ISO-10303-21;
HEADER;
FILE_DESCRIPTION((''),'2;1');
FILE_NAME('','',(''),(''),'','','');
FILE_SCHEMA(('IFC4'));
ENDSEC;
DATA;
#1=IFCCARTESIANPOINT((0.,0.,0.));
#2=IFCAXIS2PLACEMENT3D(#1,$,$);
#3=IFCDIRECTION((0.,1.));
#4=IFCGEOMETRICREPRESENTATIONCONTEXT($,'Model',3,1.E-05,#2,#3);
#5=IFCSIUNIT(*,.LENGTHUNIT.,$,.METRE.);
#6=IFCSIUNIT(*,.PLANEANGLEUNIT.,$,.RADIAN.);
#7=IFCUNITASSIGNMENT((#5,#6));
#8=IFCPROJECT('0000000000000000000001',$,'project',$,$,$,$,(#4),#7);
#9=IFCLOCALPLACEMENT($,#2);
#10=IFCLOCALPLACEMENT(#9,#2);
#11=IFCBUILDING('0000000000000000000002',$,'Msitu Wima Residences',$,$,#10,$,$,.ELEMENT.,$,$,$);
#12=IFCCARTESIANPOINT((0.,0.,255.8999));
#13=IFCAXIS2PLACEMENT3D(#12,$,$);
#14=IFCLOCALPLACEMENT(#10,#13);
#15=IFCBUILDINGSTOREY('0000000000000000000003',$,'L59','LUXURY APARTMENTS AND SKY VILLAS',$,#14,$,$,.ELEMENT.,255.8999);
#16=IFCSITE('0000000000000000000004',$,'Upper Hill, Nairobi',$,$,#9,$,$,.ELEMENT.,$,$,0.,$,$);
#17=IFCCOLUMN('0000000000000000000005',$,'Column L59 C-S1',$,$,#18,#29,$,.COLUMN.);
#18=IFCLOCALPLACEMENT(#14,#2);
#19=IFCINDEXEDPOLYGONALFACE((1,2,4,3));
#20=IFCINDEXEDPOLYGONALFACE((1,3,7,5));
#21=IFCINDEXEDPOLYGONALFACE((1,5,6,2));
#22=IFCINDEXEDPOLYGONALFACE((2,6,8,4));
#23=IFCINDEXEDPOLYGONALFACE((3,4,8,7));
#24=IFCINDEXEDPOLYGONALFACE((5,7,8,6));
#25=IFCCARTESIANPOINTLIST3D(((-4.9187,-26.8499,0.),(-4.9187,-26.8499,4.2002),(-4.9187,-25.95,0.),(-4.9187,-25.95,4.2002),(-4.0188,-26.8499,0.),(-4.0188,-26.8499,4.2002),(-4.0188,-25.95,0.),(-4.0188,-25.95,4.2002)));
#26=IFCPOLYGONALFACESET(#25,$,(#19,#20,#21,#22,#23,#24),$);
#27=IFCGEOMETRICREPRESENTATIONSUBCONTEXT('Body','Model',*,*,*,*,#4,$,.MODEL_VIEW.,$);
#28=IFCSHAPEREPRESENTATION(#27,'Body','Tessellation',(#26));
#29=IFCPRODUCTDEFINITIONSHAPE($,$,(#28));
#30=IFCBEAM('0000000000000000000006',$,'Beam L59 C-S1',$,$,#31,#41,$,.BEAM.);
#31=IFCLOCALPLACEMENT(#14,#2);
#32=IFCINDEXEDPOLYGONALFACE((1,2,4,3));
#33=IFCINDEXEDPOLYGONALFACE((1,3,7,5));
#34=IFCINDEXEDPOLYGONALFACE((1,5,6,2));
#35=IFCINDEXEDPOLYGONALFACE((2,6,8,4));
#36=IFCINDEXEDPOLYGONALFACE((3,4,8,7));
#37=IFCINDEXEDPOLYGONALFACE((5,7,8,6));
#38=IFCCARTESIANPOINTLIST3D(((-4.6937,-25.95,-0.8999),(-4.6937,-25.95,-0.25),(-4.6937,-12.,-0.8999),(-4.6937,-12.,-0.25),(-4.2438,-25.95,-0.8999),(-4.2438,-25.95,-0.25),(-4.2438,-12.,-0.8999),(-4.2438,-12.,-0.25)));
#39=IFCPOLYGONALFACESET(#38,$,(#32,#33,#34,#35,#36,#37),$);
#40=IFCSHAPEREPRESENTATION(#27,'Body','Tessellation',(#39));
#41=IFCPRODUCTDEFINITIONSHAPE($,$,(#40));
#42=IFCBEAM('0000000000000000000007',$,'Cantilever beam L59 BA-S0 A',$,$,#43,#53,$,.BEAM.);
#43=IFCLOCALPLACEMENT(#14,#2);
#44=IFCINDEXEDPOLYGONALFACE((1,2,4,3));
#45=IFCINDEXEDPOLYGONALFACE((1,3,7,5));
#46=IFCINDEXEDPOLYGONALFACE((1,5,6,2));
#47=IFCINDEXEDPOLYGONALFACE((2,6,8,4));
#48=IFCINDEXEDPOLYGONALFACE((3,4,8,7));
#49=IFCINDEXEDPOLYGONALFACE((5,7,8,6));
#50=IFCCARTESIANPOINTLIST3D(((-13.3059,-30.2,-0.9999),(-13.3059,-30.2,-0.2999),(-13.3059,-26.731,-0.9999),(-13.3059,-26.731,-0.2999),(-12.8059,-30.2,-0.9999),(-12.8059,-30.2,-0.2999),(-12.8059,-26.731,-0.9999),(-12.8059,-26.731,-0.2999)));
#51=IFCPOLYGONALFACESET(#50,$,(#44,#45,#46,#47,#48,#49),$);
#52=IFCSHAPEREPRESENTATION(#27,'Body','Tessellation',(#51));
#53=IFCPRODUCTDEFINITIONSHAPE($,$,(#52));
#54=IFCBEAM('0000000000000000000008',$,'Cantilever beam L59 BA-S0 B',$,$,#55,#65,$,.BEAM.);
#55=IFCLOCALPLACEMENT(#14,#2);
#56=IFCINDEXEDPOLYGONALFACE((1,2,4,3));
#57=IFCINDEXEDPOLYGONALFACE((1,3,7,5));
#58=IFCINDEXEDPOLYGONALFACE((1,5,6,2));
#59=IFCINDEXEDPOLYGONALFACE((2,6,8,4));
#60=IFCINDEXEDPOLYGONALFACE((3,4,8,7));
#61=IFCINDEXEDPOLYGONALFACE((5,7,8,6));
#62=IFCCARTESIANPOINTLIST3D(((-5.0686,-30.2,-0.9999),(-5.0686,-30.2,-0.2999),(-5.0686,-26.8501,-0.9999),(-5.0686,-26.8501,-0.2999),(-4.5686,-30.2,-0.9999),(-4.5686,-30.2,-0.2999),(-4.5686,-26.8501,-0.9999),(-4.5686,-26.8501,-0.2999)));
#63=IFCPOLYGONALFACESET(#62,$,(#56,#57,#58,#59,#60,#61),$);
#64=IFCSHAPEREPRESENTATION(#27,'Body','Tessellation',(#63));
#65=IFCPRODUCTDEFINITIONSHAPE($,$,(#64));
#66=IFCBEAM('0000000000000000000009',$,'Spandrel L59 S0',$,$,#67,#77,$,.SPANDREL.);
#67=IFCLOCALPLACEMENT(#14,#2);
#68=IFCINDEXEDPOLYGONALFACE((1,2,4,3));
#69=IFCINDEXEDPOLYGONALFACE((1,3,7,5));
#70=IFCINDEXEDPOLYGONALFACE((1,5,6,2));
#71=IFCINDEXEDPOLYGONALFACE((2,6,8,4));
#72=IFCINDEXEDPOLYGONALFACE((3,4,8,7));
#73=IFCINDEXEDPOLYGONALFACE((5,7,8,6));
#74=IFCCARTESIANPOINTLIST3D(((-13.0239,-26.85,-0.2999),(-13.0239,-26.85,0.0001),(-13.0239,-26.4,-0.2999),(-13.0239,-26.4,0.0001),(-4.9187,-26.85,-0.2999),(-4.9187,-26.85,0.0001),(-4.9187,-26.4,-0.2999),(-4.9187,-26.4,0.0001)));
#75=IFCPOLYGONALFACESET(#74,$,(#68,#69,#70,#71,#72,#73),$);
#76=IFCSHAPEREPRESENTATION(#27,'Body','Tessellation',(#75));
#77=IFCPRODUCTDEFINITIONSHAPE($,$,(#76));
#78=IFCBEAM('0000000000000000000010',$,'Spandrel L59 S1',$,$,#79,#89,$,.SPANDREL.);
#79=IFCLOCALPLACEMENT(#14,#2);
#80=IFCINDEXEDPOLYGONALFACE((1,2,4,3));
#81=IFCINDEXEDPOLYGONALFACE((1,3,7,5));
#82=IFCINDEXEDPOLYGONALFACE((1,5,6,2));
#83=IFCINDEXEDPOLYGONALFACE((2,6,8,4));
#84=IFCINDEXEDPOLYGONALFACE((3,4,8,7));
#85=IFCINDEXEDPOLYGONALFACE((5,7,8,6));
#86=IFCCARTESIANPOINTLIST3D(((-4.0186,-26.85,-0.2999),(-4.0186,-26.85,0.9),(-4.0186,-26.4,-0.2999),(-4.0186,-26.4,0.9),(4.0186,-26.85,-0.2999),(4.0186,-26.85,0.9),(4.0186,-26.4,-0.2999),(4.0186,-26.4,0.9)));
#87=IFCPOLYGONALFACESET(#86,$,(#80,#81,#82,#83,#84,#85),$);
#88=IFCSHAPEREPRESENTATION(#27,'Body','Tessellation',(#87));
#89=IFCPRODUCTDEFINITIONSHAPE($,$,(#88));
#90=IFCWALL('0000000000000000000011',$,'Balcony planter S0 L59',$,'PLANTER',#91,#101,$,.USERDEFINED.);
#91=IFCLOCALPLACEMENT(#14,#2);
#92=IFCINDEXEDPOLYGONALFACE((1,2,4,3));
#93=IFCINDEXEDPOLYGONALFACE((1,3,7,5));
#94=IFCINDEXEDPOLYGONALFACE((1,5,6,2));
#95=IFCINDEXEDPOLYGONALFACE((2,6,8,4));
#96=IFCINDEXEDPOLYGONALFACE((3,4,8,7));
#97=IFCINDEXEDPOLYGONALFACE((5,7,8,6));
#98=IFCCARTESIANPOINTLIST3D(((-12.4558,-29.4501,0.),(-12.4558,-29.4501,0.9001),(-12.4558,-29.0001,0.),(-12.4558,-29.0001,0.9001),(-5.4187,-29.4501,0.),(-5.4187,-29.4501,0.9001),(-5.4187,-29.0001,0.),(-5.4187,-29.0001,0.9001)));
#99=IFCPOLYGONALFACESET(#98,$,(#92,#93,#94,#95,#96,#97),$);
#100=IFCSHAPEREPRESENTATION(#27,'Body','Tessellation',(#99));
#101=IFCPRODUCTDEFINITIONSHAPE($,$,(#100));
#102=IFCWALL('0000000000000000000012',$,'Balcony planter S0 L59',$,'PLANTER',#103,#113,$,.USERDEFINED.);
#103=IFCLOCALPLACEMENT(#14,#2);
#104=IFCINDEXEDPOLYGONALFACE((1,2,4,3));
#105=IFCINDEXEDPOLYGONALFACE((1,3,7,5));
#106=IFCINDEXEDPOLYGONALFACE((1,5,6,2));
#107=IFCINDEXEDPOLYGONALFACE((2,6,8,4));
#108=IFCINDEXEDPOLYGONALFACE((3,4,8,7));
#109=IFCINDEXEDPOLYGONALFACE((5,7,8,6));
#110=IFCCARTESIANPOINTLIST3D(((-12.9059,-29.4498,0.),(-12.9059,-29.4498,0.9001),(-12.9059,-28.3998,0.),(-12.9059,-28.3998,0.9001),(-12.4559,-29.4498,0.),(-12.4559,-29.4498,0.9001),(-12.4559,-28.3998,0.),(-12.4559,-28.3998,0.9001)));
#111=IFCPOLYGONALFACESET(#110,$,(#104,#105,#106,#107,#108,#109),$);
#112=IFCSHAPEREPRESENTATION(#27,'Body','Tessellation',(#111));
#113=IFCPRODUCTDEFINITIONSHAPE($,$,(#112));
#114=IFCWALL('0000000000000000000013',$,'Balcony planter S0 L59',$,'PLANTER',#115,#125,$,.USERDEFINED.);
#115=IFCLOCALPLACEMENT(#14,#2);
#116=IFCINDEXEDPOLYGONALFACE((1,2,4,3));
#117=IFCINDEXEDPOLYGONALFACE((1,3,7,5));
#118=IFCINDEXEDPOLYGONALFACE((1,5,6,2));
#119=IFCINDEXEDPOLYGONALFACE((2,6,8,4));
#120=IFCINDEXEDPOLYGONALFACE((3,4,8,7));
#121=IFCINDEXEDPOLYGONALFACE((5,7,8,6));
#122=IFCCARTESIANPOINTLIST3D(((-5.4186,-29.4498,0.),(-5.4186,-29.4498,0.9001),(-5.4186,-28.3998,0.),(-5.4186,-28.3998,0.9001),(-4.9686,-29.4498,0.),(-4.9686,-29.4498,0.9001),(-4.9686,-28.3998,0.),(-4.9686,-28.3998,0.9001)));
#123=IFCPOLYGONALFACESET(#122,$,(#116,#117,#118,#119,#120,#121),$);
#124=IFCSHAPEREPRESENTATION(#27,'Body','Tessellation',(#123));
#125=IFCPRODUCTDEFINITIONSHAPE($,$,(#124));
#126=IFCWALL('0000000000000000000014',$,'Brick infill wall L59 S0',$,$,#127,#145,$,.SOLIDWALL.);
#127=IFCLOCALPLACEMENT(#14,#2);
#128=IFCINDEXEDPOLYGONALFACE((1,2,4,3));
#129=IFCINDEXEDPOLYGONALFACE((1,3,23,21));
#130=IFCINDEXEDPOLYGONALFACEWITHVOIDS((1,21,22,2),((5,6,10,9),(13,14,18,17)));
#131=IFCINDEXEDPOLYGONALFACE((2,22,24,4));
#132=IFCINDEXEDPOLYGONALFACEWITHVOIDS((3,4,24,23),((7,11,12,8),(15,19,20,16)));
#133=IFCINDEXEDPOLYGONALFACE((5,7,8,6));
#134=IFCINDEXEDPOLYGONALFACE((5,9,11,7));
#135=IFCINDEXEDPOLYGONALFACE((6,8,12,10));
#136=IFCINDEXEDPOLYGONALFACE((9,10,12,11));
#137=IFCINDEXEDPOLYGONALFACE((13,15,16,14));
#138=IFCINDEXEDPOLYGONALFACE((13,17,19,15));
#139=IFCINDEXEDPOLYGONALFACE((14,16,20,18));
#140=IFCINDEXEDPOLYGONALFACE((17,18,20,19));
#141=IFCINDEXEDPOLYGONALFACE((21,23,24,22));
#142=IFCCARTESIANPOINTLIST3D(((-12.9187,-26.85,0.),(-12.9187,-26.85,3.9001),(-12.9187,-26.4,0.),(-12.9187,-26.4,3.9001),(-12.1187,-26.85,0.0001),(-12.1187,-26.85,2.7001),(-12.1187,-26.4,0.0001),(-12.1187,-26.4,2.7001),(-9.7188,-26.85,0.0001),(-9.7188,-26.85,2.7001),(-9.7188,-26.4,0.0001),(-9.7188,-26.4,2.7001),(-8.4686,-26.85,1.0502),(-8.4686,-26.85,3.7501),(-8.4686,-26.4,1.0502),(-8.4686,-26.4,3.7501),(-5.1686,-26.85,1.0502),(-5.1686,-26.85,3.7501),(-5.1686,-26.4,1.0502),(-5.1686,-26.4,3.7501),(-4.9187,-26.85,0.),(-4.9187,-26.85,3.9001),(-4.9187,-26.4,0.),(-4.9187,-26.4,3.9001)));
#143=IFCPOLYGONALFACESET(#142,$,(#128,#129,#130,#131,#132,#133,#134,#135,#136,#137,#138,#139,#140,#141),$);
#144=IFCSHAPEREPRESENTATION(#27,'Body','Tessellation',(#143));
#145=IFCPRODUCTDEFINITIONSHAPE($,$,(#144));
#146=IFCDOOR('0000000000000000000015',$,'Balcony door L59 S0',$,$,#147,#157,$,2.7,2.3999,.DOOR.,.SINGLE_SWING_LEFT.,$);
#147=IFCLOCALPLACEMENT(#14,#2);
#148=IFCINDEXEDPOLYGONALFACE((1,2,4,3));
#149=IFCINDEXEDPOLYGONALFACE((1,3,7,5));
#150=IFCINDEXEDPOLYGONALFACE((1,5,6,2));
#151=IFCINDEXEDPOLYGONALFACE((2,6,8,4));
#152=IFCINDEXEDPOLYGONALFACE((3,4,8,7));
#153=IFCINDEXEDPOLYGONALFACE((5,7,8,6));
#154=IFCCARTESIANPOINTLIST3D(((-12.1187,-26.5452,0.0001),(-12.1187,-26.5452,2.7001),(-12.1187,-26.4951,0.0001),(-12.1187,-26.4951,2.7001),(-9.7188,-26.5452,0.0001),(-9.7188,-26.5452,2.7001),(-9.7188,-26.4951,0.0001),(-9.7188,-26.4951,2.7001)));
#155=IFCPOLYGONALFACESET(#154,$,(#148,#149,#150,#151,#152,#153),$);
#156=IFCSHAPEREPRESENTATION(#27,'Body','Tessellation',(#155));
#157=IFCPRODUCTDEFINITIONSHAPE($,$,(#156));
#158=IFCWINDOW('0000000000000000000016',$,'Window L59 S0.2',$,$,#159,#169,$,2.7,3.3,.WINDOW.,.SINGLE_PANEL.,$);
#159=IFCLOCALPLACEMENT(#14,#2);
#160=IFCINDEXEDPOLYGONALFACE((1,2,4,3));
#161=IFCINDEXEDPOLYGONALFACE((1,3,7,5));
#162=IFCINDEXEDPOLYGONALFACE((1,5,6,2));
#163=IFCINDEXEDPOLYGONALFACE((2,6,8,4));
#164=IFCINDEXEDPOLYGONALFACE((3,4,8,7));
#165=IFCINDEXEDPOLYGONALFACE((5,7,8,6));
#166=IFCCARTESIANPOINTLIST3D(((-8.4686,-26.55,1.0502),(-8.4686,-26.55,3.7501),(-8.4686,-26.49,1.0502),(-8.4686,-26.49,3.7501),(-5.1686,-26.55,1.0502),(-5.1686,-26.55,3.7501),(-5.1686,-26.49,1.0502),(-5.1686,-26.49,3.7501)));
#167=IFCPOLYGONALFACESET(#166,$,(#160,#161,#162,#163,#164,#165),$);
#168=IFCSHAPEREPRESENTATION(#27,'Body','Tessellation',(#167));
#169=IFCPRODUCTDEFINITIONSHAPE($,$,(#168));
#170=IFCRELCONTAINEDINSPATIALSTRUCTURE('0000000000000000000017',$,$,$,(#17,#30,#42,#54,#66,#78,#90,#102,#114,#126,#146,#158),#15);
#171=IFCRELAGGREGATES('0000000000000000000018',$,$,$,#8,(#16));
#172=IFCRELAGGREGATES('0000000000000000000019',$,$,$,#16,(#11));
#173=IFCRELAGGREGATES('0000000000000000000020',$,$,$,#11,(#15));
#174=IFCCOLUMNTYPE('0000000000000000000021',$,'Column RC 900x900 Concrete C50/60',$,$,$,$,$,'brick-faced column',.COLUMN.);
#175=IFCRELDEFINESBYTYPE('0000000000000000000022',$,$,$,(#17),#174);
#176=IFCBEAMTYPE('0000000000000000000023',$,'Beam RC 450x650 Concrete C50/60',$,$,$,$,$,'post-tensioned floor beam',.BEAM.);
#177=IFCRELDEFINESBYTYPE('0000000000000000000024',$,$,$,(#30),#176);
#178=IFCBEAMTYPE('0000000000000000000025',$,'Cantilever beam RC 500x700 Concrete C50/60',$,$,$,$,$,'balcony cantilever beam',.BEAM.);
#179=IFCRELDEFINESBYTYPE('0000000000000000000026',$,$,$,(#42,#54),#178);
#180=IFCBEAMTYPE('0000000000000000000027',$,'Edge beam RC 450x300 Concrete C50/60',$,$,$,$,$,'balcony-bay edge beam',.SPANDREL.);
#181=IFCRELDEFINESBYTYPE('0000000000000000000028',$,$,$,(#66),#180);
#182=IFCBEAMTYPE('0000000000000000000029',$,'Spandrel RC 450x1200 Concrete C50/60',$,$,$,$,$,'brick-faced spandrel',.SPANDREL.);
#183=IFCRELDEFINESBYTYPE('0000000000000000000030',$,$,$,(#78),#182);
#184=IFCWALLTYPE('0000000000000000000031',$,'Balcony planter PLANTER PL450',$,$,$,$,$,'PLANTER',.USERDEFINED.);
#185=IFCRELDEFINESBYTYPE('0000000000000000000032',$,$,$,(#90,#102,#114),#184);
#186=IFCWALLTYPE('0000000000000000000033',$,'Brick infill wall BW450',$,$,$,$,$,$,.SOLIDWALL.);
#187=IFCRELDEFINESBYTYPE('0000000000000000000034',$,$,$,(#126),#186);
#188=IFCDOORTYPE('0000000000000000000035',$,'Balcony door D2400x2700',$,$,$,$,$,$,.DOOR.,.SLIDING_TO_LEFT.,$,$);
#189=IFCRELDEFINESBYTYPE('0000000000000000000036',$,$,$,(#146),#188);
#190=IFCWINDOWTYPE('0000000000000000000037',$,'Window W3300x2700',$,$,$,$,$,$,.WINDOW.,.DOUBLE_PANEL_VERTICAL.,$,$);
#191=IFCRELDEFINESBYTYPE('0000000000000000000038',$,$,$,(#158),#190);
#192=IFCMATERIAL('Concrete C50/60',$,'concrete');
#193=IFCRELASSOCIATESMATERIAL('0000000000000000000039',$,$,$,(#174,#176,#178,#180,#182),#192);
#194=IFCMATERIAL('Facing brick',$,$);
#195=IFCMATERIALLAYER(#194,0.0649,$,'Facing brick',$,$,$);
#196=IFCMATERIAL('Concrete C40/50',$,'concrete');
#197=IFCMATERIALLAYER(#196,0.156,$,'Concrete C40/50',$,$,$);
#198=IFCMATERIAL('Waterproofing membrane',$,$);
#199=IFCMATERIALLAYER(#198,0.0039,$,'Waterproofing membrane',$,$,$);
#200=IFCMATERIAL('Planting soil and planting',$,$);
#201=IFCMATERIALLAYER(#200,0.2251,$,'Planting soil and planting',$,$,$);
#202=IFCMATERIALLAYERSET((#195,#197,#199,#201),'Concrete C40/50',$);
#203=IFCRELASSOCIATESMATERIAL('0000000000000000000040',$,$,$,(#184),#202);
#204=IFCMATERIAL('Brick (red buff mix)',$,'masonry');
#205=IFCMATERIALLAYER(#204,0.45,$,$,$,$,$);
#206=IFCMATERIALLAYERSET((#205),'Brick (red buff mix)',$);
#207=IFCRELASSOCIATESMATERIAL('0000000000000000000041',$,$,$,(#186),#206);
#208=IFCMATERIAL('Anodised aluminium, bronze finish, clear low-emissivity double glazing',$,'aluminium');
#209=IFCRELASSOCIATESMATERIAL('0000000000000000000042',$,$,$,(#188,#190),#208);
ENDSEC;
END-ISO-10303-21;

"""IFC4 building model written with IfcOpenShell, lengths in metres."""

from ifc_helpers import new_model, si_unit, direction, frame, frame_2d, origin, origin_2d, place, context, subcontext, project, spatial, rectangle, extrude, material, layer, layer_set, material_profile, profile_set, type_object, element, fill, save


model = new_model("IFC4")

# Units and contexts
model_context = context("Model", 3, precision=1e-05, world=origin(), true_north=direction((0.0, 1.0)))
body_context = subcontext(model_context, "Body", "Model", "MODEL_VIEW")
ifc_project = project(units=[si_unit("LENGTHUNIT", "METRE"), si_unit("PLANEANGLEUNIT", "RADIAN")], contexts=[model_context])

# Site, building, storey
site_placement = place(None, origin())
site = spatial("IfcSite", under=ifc_project, at=site_placement, Name="Upper Hill, Nairobi", CompositionType="ELEMENT", RefElevation=0.0)
building_placement = place(site_placement, origin())
building = spatial("IfcBuilding", under=site, at=building_placement, Name="Msitu Wima Residences", CompositionType="ELEMENT")
storey_placement = place(building_placement, frame((0.0, 0.0, 255.8999)))
storey = spatial("IfcBuildingStorey", under=building, at=storey_placement, Name="L59", Description="LUXURY APARTMENTS AND SKY VILLAS", CompositionType="ELEMENT", Elevation=255.8999)

# Column
ifc_material_1 = material(Name="Concrete C50/60", Category="concrete")
ifc_material_profile_1 = material_profile(ifc_material_1, rectangle(XDim=0.8999, YDim=0.8999, at=origin_2d()), Name="RC 900x900")
ifc_profile_set_1 = profile_set([ifc_material_profile_1], Name="Concrete C50/60")
column_type = type_object("IfcColumnType", Name="Column RC 900x900 Concrete C50/60", ElementType="brick-faced column", PredefinedType="COLUMN", material=ifc_profile_set_1)
column_placement = place(storey_placement, frame((-4.4688, -26.3999, 0.0), z_axis=(0.0, 0.0, 1.0), x_axis=(1.0, 0.0, 0.0)))
element("IfcColumn", 1, at=column_placement, inside=storey, type_object=column_type, Name="Column L59 C-S1", PredefinedType="COLUMN", context=body_context, shape_type="SweptSolid", body=[
    extrude(rectangle(XDim=0.8999, YDim=0.8999, at=origin_2d()), origin(), (0.0, 0.0, 1.0), 4.2002),
])

# Beams
ifc_material_profile_2 = material_profile(ifc_material_1, rectangle(XDim=0.45, YDim=0.6499, at=origin_2d()), Name="RC 450x650")
ifc_profile_set_2 = profile_set([ifc_material_profile_2], Name="Concrete C50/60")
beam_type_1 = type_object("IfcBeamType", Name="Beam RC 450x650 Concrete C50/60", ElementType="post-tensioned floor beam", PredefinedType="BEAM", material=ifc_profile_set_2)
beam_1_placement = place(storey_placement, frame((-4.4688, -25.95, -0.575), z_axis=(0.0, 1.0, 0.0), x_axis=(-1.0, 0.0, 0.0)))
element("IfcBeam", 2, at=beam_1_placement, inside=storey, type_object=beam_type_1, Name="Beam L59 C-S1", PredefinedType="BEAM", context=body_context, shape_type="SweptSolid", body=[
    extrude(rectangle(XDim=0.45, YDim=0.6499, at=origin_2d()), origin(), (0.0, 0.0, 1.0), 13.95),
])
ifc_material_profile_3 = material_profile(ifc_material_1, rectangle(XDim=0.5, YDim=0.7, at=origin_2d()), Name="RC 500x700")
ifc_profile_set_3 = profile_set([ifc_material_profile_3], Name="Concrete C50/60")
beam_type_2 = type_object("IfcBeamType", Name="Cantilever beam RC 500x700 Concrete C50/60", ElementType="balcony cantilever beam", PredefinedType="BEAM", material=ifc_profile_set_3)
beam_2_placement = place(storey_placement, frame((-13.0559, -26.731, -0.6499), z_axis=(0.0, -1.0, 0.0), x_axis=(1.0, 0.0, 0.0)))
element("IfcBeam", 3, at=beam_2_placement, inside=storey, type_object=beam_type_2, Name="Cantilever beam L59 BA-S0 A", PredefinedType="BEAM", context=body_context, shape_type="SweptSolid", body=[
    extrude(rectangle(XDim=0.5, YDim=0.7, at=origin_2d()), origin(), (0.0, 0.0, 1.0), 3.469),
])
beam_3_placement = place(storey_placement, frame((-4.8186, -26.8501, -0.6499), z_axis=(0.0, -1.0, 0.0), x_axis=(1.0, 0.0, 0.0)))
element("IfcBeam", 4, at=beam_3_placement, inside=storey, type_object=beam_type_2, Name="Cantilever beam L59 BA-S0 B", PredefinedType="BEAM", context=body_context, shape_type="SweptSolid", body=[
    extrude(rectangle(XDim=0.5, YDim=0.7, at=origin_2d()), origin(), (0.0, 0.0, 1.0), 3.3499),
])
ifc_material_profile_4 = material_profile(ifc_material_1, rectangle(XDim=0.45, YDim=0.3, at=origin_2d()), Name="RC 450x300")
ifc_profile_set_4 = profile_set([ifc_material_profile_4], Name="Concrete C50/60")
beam_type_3 = type_object("IfcBeamType", Name="Edge beam RC 450x300 Concrete C50/60", ElementType="balcony-bay edge beam", PredefinedType="SPANDREL", material=ifc_profile_set_4)
beam_4_placement = place(storey_placement, frame((-13.0239, -26.625, -0.1499), z_axis=(1.0, 0.0, 0.0), x_axis=(0.0, 1.0, 0.0)))
element("IfcBeam", 5, at=beam_4_placement, inside=storey, type_object=beam_type_3, Name="Spandrel L59 S0", PredefinedType="SPANDREL", context=body_context, shape_type="SweptSolid", body=[
    extrude(rectangle(XDim=0.45, YDim=0.3, at=origin_2d()), origin(), (0.0, 0.0, 1.0), 8.1052),
])
ifc_material_profile_5 = material_profile(ifc_material_1, rectangle(XDim=0.45, YDim=1.2, at=origin_2d()), Name="RC 450x1200")
ifc_profile_set_5 = profile_set([ifc_material_profile_5], Name="Concrete C50/60")
beam_type_4 = type_object("IfcBeamType", Name="Spandrel RC 450x1200 Concrete C50/60", ElementType="brick-faced spandrel", PredefinedType="SPANDREL", material=ifc_profile_set_5)
beam_5_placement = place(storey_placement, frame((-4.0186, -26.625, 0.3), z_axis=(1.0, 0.0, 0.0), x_axis=(0.0, 1.0, 0.0)))
element("IfcBeam", 6, at=beam_5_placement, inside=storey, type_object=beam_type_4, Name="Spandrel L59 S1", PredefinedType="SPANDREL", context=body_context, shape_type="SweptSolid", body=[
    extrude(rectangle(XDim=0.45, YDim=1.2, at=origin_2d()), origin(), (0.0, 0.0, 1.0), 8.0371),
])

# Walls
ifc_material_2 = material(Name="Facing brick")
ifc_layer_1 = layer(ifc_material_2, 0.0649, Name="Facing brick")
ifc_material_3 = material(Name="Concrete C40/50", Category="concrete")
ifc_layer_2 = layer(ifc_material_3, 0.156, Name="Concrete C40/50")
ifc_material_4 = material(Name="Waterproofing membrane")
ifc_layer_3 = layer(ifc_material_4, 0.0039, Name="Waterproofing membrane")
ifc_material_5 = material(Name="Planting soil and planting")
ifc_layer_4 = layer(ifc_material_5, 0.2251, Name="Planting soil and planting")
ifc_layer_set_1 = layer_set([ifc_layer_1, ifc_layer_2, ifc_layer_3, ifc_layer_4], Name="Concrete C40/50")
wall_type_1 = type_object("IfcWallType", Name="Balcony planter PLANTER PL450", ElementType="PLANTER", PredefinedType="USERDEFINED", material=ifc_layer_set_1)
wall_1_placement = place(storey_placement, frame((-12.4558, -29.2251, 0.0), z_axis=(0.0, 0.0, 1.0), x_axis=(1.0, 0.0, 0.0)))
element("IfcWall", 7, at=wall_1_placement, inside=storey, type_object=wall_type_1, Name="Balcony planter S0 L59", ObjectType="PLANTER", PredefinedType="USERDEFINED", context=body_context, shape_type="SweptSolid", body=[
    extrude(rectangle(XDim=7.0371, YDim=0.45, at=frame_2d((3.5186, 0.0))), origin(), (0.0, 0.0, 1.0), 0.9001),
])
for number, where, z_axis, x_axis, name in (
    (8, (-12.6809, -28.3999, 0.0), (0.0, 0.0, 1.0), (0.0, -1.0, 0.0), "Balcony planter S0 L59"),
    (9, (-5.1936, -28.3999, 0.0), (0.0, 0.0, 1.0), (0.0, -1.0, 0.0), "Balcony planter S0 L59"),
):
    element("IfcWall", number, at=place(storey_placement, frame(where, z_axis=z_axis, x_axis=x_axis)), inside=storey, type_object=wall_type_1, Name=name, ObjectType="PLANTER", PredefinedType="USERDEFINED", context=body_context, shape_type="SweptSolid", body=[
        extrude(rectangle(XDim=1.05, YDim=0.45, at=frame_2d((0.5249, 0.0))), origin(), (0.0, 0.0, 1.0), 0.9001),
    ])

# Wall, openings, door, window
ifc_material_6 = material(Name="Brick (red buff mix)", Category="masonry")
ifc_layer_5 = layer(ifc_material_6, 0.45)
ifc_layer_set_2 = layer_set([ifc_layer_5], Name="Brick (red buff mix)")
wall_type_2 = type_object("IfcWallType", Name="Brick infill wall BW450", PredefinedType="SOLIDWALL", material=ifc_layer_set_2)
wall_2_placement = place(storey_placement, frame((-12.9187, -26.625, 0.0), z_axis=(0.0, 0.0, 1.0), x_axis=(1.0, 0.0, 0.0)))
wall_2 = element("IfcWall", 10, at=wall_2_placement, inside=storey, type_object=wall_type_2, Name="Brick infill wall L59 S0", PredefinedType="SOLIDWALL", context=body_context, shape_type="SweptSolid", body=[
    extrude(rectangle(XDim=8.0, YDim=0.45, at=frame_2d((4.0, 0.0))), origin(), (0.0, 0.0, 1.0), 3.9001),
])
opening_1_placement = place(wall_2_placement, frame((0.8, 0.0, 0.0)))
opening_1 = element("IfcOpeningElement", 11, at=opening_1_placement, cuts=wall_2, PredefinedType="OPENING", context=body_context, shape_type="SweptSolid", body=[
    extrude(rectangle(XDim=2.3999, YDim=2.7, at=frame_2d((1.2, 1.3501))), frame((0.0, 0.2349, 0.0), z_axis=(0.0, -1.0, 0.0), x_axis=(1.0, 0.0, 0.0)), (0.0, 0.0, 1.0), 0.47),
])
opening_2_placement = place(wall_2_placement, frame((4.4502, 0.0, 1.05)))
opening_2 = element("IfcOpeningElement", 12, at=opening_2_placement, cuts=wall_2, PredefinedType="OPENING", context=body_context, shape_type="SweptSolid", body=[
    extrude(rectangle(XDim=3.3, YDim=2.7, at=frame_2d((1.6499, 1.3501))), frame((0.0, 0.2349, 0.0), z_axis=(0.0, -1.0, 0.0), x_axis=(1.0, 0.0, 0.0)), (0.0, 0.0, 1.0), 0.47),
])
ifc_material_7 = material(Name="Anodised aluminium, bronze finish, clear low-emissivity double glazing", Category="aluminium")
door_type_1 = type_object("IfcDoorType", Name="Balcony door D2400x2700", OperationType="SLIDING_TO_LEFT", PredefinedType="DOOR", material=ifc_material_7)
door_1_placement = place(opening_1_placement, origin())
door_1 = element("IfcDoor", 13, at=door_1_placement, inside=storey, type_object=door_type_1, Name="Balcony door L59 S0", OperationType="SINGLE_SWING_LEFT", OverallHeight=2.7, OverallWidth=2.3999, PredefinedType="DOOR", context=body_context, shape_type="SweptSolid", body=[
    extrude(rectangle(XDim=2.3999, YDim=2.7, at=frame_2d((1.2, 1.3501))), frame((0.0, 0.1299, 0.0), z_axis=(0.0, -1.0, 0.0), x_axis=(1.0, 0.0, 0.0)), (0.0, 0.0, 1.0), 0.05),
])
fill(opening_1, door_1)
window_type = type_object("IfcWindowType", Name="Window W3300x2700", PartitioningType="DOUBLE_PANEL_VERTICAL", PredefinedType="WINDOW", material=ifc_material_7)
window_1_placement = place(opening_2_placement, origin())
window_1 = element("IfcWindow", 14, at=window_1_placement, inside=storey, type_object=window_type, Name="Window L59 S0.2", OverallHeight=2.7, OverallWidth=3.3, PartitioningType="SINGLE_PANEL", PredefinedType="WINDOW", context=body_context, shape_type="SweptSolid", body=[
    extrude(rectangle(XDim=3.3, YDim=2.7, at=frame_2d((1.6499, 1.3501))), frame((0.0, 0.135, 0.0), z_axis=(0.0, -1.0, 0.0), x_axis=(1.0, 0.0, 0.0)), (0.0, 0.0, 1.0), 0.0601),
])
fill(opening_2, window_1)

save(model, "model.ifc")
